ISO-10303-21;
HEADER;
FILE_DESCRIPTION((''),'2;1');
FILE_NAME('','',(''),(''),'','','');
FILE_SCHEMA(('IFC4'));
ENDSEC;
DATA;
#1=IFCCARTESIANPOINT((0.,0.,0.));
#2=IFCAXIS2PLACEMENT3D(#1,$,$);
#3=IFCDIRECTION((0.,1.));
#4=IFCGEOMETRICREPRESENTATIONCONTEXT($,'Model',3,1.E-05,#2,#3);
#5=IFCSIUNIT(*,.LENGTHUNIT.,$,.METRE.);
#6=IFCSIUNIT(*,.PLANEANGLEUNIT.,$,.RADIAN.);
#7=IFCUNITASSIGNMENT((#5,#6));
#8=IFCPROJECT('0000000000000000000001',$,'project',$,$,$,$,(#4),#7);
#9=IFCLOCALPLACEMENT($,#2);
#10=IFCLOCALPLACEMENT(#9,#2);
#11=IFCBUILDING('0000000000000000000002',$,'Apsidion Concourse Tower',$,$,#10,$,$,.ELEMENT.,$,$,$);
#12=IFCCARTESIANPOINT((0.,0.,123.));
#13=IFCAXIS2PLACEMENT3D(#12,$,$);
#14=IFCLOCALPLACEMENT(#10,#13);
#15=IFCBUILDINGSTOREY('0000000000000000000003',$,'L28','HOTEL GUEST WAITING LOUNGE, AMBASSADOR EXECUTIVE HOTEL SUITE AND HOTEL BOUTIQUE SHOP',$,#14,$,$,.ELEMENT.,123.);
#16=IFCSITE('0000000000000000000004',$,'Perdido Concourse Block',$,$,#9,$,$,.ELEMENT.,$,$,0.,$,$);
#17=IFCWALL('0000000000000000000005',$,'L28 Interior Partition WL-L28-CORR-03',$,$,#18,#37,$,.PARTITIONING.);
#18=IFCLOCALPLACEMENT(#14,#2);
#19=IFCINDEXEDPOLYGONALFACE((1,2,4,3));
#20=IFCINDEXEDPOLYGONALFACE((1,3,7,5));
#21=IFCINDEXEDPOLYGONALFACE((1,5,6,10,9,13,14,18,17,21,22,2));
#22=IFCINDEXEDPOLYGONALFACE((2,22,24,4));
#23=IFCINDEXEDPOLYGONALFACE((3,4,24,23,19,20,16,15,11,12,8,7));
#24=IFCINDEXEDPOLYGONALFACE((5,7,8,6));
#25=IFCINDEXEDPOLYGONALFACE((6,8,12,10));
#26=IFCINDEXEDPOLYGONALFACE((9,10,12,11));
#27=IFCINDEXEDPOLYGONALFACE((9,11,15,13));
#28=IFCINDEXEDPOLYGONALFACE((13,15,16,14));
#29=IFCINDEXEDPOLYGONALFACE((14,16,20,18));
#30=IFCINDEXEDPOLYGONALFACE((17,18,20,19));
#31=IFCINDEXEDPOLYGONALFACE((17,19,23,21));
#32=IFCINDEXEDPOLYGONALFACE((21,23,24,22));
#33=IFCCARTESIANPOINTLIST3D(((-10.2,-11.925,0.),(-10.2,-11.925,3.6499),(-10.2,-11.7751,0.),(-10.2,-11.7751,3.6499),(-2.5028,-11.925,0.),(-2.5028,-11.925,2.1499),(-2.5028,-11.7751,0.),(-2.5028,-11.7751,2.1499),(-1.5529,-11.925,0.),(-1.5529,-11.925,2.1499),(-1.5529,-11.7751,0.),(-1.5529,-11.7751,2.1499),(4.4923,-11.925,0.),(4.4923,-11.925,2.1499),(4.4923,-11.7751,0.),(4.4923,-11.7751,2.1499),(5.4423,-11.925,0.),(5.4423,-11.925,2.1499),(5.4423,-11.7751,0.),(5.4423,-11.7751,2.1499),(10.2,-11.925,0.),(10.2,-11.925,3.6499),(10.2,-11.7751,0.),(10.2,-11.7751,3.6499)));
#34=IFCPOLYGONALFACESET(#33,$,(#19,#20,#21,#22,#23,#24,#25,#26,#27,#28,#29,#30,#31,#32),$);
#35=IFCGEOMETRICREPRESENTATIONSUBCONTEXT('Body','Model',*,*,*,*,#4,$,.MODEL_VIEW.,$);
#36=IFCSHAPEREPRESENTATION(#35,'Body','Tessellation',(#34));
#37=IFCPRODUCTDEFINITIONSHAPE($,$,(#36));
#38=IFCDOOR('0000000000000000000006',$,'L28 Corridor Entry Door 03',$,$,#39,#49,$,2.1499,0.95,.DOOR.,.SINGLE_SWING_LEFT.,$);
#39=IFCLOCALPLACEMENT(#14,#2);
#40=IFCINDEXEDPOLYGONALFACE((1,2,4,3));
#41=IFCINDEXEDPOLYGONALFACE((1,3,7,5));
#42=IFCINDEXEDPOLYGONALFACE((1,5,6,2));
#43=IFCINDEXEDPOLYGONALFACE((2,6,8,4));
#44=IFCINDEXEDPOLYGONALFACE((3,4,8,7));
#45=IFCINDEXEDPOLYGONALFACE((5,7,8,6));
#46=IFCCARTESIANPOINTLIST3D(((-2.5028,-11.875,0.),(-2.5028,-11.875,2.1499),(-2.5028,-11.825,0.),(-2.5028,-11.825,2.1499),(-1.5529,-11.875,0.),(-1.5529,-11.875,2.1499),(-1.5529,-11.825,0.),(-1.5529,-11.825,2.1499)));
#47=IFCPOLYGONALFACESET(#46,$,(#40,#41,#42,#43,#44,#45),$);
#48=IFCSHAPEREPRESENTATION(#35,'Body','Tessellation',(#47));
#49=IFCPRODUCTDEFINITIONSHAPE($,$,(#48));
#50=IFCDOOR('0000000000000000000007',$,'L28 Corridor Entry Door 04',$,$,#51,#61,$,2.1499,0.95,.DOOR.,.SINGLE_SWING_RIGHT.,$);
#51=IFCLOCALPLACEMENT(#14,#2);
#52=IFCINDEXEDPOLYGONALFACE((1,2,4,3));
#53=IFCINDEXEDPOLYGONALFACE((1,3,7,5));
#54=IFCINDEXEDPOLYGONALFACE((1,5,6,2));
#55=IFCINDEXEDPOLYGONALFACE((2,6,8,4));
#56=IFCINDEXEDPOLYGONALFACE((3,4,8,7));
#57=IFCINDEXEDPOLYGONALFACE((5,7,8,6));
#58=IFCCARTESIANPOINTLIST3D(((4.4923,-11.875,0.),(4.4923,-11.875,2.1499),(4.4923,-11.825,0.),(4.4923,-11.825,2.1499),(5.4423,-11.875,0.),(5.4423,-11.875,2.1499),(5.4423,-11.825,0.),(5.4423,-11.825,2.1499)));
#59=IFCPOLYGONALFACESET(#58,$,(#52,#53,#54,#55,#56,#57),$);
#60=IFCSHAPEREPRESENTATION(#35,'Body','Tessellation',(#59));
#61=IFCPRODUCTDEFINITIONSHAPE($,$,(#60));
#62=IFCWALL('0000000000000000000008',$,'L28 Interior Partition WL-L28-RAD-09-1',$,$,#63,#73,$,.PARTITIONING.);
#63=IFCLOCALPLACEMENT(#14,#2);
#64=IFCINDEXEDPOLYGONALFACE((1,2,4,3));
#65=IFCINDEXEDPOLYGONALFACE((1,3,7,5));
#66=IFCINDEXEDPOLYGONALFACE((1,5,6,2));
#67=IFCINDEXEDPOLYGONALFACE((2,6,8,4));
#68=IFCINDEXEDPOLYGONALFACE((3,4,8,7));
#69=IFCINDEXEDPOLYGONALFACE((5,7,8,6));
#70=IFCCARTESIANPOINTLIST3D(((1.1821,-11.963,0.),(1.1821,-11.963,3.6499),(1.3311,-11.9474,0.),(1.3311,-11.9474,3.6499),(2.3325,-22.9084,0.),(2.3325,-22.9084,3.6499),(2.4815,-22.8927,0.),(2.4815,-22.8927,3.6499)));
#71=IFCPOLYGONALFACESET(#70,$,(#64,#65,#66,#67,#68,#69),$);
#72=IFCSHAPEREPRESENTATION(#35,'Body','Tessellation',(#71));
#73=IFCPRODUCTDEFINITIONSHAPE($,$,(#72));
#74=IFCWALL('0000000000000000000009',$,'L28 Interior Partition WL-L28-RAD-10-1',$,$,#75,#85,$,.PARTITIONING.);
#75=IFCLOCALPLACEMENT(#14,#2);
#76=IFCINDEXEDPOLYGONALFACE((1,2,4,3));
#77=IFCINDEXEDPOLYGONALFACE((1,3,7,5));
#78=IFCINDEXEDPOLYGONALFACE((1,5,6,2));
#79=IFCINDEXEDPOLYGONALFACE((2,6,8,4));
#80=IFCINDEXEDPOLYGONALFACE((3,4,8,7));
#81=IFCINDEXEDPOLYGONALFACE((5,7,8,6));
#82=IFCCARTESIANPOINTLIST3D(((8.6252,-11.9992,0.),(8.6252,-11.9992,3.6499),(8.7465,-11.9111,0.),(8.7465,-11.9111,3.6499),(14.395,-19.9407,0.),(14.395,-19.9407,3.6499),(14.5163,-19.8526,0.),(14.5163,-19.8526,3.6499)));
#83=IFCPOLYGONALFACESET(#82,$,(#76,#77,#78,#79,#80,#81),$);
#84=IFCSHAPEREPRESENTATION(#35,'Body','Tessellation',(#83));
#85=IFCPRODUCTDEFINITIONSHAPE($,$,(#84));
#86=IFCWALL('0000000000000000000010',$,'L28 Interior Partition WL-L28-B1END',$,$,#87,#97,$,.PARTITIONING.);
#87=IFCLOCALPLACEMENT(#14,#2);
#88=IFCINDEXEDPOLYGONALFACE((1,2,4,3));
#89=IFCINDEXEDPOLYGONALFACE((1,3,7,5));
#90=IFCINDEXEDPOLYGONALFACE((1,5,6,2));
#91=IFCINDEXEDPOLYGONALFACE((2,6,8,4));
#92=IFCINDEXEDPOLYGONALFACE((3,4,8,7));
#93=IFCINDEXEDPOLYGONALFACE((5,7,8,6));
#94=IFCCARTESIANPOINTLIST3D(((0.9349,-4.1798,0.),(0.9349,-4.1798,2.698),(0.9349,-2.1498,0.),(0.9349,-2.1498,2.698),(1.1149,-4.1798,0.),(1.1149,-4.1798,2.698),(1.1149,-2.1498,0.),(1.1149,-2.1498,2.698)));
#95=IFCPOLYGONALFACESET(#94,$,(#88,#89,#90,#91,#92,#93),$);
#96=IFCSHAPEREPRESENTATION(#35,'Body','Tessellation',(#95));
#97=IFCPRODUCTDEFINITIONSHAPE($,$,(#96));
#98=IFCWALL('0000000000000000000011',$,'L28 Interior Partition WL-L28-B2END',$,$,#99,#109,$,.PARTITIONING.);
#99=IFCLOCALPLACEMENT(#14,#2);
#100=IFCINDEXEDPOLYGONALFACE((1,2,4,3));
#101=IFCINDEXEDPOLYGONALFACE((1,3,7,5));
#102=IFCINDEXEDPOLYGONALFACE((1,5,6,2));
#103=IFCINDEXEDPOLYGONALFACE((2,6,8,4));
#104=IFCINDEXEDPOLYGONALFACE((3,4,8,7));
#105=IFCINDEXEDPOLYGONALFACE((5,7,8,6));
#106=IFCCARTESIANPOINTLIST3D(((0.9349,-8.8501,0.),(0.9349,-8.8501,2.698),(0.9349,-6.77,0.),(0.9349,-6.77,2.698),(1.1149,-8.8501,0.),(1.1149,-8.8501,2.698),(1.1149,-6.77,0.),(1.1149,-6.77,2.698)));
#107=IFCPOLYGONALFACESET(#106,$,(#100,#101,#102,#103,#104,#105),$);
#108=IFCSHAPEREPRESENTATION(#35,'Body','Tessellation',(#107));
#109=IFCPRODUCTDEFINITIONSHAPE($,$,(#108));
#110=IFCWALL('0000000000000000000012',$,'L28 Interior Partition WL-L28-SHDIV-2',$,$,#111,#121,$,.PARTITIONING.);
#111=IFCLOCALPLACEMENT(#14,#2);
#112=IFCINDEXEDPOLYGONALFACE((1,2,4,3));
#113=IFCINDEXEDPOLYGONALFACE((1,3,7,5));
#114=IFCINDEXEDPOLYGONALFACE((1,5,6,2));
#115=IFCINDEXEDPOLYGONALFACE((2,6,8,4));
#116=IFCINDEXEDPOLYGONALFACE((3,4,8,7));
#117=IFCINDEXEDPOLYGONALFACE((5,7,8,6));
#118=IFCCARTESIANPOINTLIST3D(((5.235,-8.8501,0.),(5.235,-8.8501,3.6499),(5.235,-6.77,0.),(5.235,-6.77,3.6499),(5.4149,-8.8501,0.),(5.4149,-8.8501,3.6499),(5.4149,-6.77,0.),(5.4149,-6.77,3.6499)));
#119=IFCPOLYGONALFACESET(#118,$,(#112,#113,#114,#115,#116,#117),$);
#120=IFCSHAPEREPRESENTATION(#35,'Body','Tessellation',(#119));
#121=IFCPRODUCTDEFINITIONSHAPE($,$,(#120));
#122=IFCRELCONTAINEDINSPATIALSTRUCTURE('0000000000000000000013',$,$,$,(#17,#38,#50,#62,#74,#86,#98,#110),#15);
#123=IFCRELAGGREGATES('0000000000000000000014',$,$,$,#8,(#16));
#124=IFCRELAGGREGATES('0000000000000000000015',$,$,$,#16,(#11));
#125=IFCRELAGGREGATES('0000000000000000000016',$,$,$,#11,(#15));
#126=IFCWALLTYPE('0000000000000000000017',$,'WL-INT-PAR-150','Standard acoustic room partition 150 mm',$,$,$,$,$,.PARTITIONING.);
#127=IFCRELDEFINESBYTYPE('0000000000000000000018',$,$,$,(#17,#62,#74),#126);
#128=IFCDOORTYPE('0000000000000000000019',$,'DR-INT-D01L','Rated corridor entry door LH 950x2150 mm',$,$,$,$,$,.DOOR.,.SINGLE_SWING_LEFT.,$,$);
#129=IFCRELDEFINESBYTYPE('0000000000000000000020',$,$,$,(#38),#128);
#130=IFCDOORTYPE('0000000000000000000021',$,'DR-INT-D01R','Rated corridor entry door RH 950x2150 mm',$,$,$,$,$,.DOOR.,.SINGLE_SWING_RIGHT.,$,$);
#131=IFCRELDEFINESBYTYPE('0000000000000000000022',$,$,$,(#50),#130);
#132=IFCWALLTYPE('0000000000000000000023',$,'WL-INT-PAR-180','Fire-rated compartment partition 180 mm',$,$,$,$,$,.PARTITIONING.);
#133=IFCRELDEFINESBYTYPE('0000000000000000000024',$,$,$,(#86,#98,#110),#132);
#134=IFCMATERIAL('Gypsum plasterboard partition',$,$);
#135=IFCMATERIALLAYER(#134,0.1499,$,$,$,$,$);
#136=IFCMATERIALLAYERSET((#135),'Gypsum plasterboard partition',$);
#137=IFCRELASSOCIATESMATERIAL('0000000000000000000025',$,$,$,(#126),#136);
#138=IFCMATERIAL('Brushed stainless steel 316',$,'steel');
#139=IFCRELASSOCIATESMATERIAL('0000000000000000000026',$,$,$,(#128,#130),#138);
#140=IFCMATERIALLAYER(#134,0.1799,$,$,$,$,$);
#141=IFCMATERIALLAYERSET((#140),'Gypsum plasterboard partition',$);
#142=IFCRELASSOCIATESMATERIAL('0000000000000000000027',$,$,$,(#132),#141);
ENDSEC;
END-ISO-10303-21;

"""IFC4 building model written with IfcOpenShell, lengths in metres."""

from ifc_helpers import new_model, si_unit, direction, frame, frame_2d, origin, place, context, subcontext, project, spatial, rectangle, extrude, material, layer, layer_set, type_object, element, fill, save


model = new_model("IFC4")

# Units and contexts
model_context = context("Model", 3, precision=1e-05, world=origin(), true_north=direction((0.0, 1.0)))
body_context = subcontext(model_context, "Body", "Model", "MODEL_VIEW")
ifc_project = project(units=[si_unit("LENGTHUNIT", "METRE"), si_unit("PLANEANGLEUNIT", "RADIAN")], contexts=[model_context])

# Site, building, storey
site_placement = place(None, origin())
site = spatial("IfcSite", under=ifc_project, at=site_placement, Name="Perdido Concourse Block", CompositionType="ELEMENT", RefElevation=0.0)
building_placement = place(site_placement, origin())
building = spatial("IfcBuilding", under=site, at=building_placement, Name="Apsidion Concourse Tower", CompositionType="ELEMENT")
storey_placement = place(building_placement, frame((0.0, 0.0, 123.0)))
storey = spatial("IfcBuildingStorey", under=building, at=storey_placement, Name="L28", Description="HOTEL GUEST WAITING LOUNGE, AMBASSADOR EXECUTIVE HOTEL SUITE AND HOTEL BOUTIQUE SHOP", CompositionType="ELEMENT", Elevation=123.0)

# Shared definitions
ifc_material_1 = material(Name="Gypsum plasterboard partition")
ifc_layer_1 = layer(ifc_material_1, 0.1499)
ifc_layer_set_1 = layer_set([ifc_layer_1], Name="Gypsum plasterboard partition")
wall_type_1 = type_object("IfcWallType", Name="WL-INT-PAR-150", Description="Standard acoustic room partition 150 mm", PredefinedType="PARTITIONING", material=ifc_layer_set_1)

# Wall, openings, doors
wall_1_placement = place(storey_placement, frame((10.2, -11.8501, 0.0), z_axis=(0.0, 0.0, 1.0), x_axis=(-1.0, 0.0, 0.0)))
wall_1 = element("IfcWall", 1, at=wall_1_placement, inside=storey, type_object=wall_type_1, Name="L28 Interior Partition WL-L28-CORR-03", PredefinedType="PARTITIONING", context=body_context, shape_type="SweptSolid", body=[
    extrude(rectangle(XDim=20.3999, YDim=0.1499, at=frame_2d((10.2, 0.0))), origin(), (0.0, 0.0, 1.0), 3.6499),
])
opening_1_placement = place(wall_1_placement, frame((11.7527, 0.0, 0.0)))
opening_1 = element("IfcOpeningElement", 2, at=opening_1_placement, cuts=wall_1, PredefinedType="OPENING", context=body_context, shape_type="SweptSolid", body=[
    extrude(rectangle(XDim=0.95, YDim=2.1499, at=frame_2d((0.4751, 1.075))), frame((0.0, 0.085, 0.0), z_axis=(0.0, -1.0, 0.0), x_axis=(1.0, 0.0, 0.0)), (0.0, 0.0, 1.0), 0.1699),
])
opening_2_placement = place(wall_1_placement, frame((4.7576, 0.0, 0.0)))
opening_2 = element("IfcOpeningElement", 3, at=opening_2_placement, cuts=wall_1, PredefinedType="OPENING", context=body_context, shape_type="SweptSolid", body=[
    extrude(rectangle(XDim=0.95, YDim=2.1499, at=frame_2d((0.4751, 1.075))), frame((0.0, 0.085, 0.0), z_axis=(0.0, -1.0, 0.0), x_axis=(1.0, 0.0, 0.0)), (0.0, 0.0, 1.0), 0.1699),
])
ifc_material_2 = material(Name="Brushed stainless steel 316", Category="steel")
door_type_1 = type_object("IfcDoorType", Name="DR-INT-D01L", Description="Rated corridor entry door LH 950x2150 mm", OperationType="SINGLE_SWING_LEFT", PredefinedType="DOOR", material=ifc_material_2)
door_1_placement = place(opening_1_placement, origin())
door_1 = element("IfcDoor", 4, at=door_1_placement, inside=storey, type_object=door_type_1, Name="L28 Corridor Entry Door 03", OperationType="SINGLE_SWING_LEFT", OverallHeight=2.1499, OverallWidth=0.95, PredefinedType="DOOR", context=body_context, shape_type="SweptSolid", body=[
    extrude(rectangle(XDim=0.95, YDim=2.1499, at=frame_2d((0.4751, 1.075))), frame((0.0, 0.0249, 0.0), z_axis=(0.0, -1.0, 0.0), x_axis=(1.0, 0.0, 0.0)), (0.0, 0.0, 1.0), 0.05),
])
fill(opening_1, door_1)
door_type_2 = type_object("IfcDoorType", Name="DR-INT-D01R", Description="Rated corridor entry door RH 950x2150 mm", OperationType="SINGLE_SWING_RIGHT", PredefinedType="DOOR", material=ifc_material_2)
door_2_placement = place(opening_2_placement, origin())
door_2 = element("IfcDoor", 5, at=door_2_placement, inside=storey, type_object=door_type_2, Name="L28 Corridor Entry Door 04", OperationType="SINGLE_SWING_RIGHT", OverallHeight=2.1499, OverallWidth=0.95, PredefinedType="DOOR", context=body_context, shape_type="SweptSolid", body=[
    extrude(rectangle(XDim=0.95, YDim=2.1499, at=frame_2d((0.4751, 1.075))), frame((0.0, 0.0249, 0.0), z_axis=(0.0, -1.0, 0.0), x_axis=(1.0, 0.0, 0.0)), (0.0, 0.0, 1.0), 0.05),
])
fill(opening_2, door_2)

# Walls
wall_2_placement = place(storey_placement, frame((1.2566, -11.9551, 0.0), z_axis=(0.0, 0.0, 1.0), x_axis=(0.104528, -0.994522, 0.0)))
element("IfcWall", 6, at=wall_2_placement, inside=storey, type_object=wall_type_1, Name="L28 Interior Partition WL-L28-RAD-09-1", PredefinedType="PARTITIONING", context=body_context, shape_type="SweptSolid", body=[
    extrude(rectangle(XDim=11.0056, YDim=0.1499, at=frame_2d((5.5029, 0.0))), origin(), (0.0, 0.0, 1.0), 3.6499),
])
wall_3_placement = place(storey_placement, frame((8.6858, -11.9551, 0.0), z_axis=(0.0, 0.0, 1.0), x_axis=(0.587786, -0.809017, 0.0)))
element("IfcWall", 7, at=wall_3_placement, inside=storey, type_object=wall_type_1, Name="L28 Interior Partition WL-L28-RAD-10-1", PredefinedType="PARTITIONING", context=body_context, shape_type="SweptSolid", body=[
    extrude(rectangle(XDim=9.8162, YDim=0.1499, at=frame_2d((4.9082, 0.0))), origin(), (0.0, 0.0, 1.0), 3.6499),
])
ifc_layer_2 = layer(ifc_material_1, 0.1799)
ifc_layer_set_2 = layer_set([ifc_layer_2], Name="Gypsum plasterboard partition")
wall_type_2 = type_object("IfcWallType", Name="WL-INT-PAR-180", Description="Fire-rated compartment partition 180 mm", PredefinedType="PARTITIONING", material=ifc_layer_set_2)
wall_4_placement = place(storey_placement, frame((1.0249, -4.1799, 0.0), z_axis=(0.0, 0.0, 1.0), x_axis=(0.0, 1.0, 0.0)))
element("IfcWall", 8, at=wall_4_placement, inside=storey, type_object=wall_type_2, Name="L28 Interior Partition WL-L28-B1END", PredefinedType="PARTITIONING", context=body_context, shape_type="SweptSolid", body=[
    extrude(rectangle(XDim=2.03, YDim=0.1799, at=frame_2d((1.0151, 0.0))), origin(), (0.0, 0.0, 1.0), 2.698),
])
wall_5_placement = place(storey_placement, frame((1.0249, -8.8501, 0.0), z_axis=(0.0, 0.0, 1.0), x_axis=(0.0, 1.0, 0.0)))
element("IfcWall", 9, at=wall_5_placement, inside=storey, type_object=wall_type_2, Name="L28 Interior Partition WL-L28-B2END", PredefinedType="PARTITIONING", context=body_context, shape_type="SweptSolid", body=[
    extrude(rectangle(XDim=2.0801, YDim=0.1799, at=frame_2d((1.04, 0.0))), origin(), (0.0, 0.0, 1.0), 2.698),
])
wall_6_placement = place(storey_placement, frame((5.325, -8.8501, 0.0), z_axis=(0.0, 0.0, 1.0), x_axis=(0.0, 1.0, 0.0)))
element("IfcWall", 10, at=wall_6_placement, inside=storey, type_object=wall_type_2, Name="L28 Interior Partition WL-L28-SHDIV-2", PredefinedType="PARTITIONING", context=body_context, shape_type="SweptSolid", body=[
    extrude(rectangle(XDim=2.0801, YDim=0.1799, at=frame_2d((1.04, 0.0))), origin(), (0.0, 0.0, 1.0), 3.6499),
])

save(model, "model.ifc")
